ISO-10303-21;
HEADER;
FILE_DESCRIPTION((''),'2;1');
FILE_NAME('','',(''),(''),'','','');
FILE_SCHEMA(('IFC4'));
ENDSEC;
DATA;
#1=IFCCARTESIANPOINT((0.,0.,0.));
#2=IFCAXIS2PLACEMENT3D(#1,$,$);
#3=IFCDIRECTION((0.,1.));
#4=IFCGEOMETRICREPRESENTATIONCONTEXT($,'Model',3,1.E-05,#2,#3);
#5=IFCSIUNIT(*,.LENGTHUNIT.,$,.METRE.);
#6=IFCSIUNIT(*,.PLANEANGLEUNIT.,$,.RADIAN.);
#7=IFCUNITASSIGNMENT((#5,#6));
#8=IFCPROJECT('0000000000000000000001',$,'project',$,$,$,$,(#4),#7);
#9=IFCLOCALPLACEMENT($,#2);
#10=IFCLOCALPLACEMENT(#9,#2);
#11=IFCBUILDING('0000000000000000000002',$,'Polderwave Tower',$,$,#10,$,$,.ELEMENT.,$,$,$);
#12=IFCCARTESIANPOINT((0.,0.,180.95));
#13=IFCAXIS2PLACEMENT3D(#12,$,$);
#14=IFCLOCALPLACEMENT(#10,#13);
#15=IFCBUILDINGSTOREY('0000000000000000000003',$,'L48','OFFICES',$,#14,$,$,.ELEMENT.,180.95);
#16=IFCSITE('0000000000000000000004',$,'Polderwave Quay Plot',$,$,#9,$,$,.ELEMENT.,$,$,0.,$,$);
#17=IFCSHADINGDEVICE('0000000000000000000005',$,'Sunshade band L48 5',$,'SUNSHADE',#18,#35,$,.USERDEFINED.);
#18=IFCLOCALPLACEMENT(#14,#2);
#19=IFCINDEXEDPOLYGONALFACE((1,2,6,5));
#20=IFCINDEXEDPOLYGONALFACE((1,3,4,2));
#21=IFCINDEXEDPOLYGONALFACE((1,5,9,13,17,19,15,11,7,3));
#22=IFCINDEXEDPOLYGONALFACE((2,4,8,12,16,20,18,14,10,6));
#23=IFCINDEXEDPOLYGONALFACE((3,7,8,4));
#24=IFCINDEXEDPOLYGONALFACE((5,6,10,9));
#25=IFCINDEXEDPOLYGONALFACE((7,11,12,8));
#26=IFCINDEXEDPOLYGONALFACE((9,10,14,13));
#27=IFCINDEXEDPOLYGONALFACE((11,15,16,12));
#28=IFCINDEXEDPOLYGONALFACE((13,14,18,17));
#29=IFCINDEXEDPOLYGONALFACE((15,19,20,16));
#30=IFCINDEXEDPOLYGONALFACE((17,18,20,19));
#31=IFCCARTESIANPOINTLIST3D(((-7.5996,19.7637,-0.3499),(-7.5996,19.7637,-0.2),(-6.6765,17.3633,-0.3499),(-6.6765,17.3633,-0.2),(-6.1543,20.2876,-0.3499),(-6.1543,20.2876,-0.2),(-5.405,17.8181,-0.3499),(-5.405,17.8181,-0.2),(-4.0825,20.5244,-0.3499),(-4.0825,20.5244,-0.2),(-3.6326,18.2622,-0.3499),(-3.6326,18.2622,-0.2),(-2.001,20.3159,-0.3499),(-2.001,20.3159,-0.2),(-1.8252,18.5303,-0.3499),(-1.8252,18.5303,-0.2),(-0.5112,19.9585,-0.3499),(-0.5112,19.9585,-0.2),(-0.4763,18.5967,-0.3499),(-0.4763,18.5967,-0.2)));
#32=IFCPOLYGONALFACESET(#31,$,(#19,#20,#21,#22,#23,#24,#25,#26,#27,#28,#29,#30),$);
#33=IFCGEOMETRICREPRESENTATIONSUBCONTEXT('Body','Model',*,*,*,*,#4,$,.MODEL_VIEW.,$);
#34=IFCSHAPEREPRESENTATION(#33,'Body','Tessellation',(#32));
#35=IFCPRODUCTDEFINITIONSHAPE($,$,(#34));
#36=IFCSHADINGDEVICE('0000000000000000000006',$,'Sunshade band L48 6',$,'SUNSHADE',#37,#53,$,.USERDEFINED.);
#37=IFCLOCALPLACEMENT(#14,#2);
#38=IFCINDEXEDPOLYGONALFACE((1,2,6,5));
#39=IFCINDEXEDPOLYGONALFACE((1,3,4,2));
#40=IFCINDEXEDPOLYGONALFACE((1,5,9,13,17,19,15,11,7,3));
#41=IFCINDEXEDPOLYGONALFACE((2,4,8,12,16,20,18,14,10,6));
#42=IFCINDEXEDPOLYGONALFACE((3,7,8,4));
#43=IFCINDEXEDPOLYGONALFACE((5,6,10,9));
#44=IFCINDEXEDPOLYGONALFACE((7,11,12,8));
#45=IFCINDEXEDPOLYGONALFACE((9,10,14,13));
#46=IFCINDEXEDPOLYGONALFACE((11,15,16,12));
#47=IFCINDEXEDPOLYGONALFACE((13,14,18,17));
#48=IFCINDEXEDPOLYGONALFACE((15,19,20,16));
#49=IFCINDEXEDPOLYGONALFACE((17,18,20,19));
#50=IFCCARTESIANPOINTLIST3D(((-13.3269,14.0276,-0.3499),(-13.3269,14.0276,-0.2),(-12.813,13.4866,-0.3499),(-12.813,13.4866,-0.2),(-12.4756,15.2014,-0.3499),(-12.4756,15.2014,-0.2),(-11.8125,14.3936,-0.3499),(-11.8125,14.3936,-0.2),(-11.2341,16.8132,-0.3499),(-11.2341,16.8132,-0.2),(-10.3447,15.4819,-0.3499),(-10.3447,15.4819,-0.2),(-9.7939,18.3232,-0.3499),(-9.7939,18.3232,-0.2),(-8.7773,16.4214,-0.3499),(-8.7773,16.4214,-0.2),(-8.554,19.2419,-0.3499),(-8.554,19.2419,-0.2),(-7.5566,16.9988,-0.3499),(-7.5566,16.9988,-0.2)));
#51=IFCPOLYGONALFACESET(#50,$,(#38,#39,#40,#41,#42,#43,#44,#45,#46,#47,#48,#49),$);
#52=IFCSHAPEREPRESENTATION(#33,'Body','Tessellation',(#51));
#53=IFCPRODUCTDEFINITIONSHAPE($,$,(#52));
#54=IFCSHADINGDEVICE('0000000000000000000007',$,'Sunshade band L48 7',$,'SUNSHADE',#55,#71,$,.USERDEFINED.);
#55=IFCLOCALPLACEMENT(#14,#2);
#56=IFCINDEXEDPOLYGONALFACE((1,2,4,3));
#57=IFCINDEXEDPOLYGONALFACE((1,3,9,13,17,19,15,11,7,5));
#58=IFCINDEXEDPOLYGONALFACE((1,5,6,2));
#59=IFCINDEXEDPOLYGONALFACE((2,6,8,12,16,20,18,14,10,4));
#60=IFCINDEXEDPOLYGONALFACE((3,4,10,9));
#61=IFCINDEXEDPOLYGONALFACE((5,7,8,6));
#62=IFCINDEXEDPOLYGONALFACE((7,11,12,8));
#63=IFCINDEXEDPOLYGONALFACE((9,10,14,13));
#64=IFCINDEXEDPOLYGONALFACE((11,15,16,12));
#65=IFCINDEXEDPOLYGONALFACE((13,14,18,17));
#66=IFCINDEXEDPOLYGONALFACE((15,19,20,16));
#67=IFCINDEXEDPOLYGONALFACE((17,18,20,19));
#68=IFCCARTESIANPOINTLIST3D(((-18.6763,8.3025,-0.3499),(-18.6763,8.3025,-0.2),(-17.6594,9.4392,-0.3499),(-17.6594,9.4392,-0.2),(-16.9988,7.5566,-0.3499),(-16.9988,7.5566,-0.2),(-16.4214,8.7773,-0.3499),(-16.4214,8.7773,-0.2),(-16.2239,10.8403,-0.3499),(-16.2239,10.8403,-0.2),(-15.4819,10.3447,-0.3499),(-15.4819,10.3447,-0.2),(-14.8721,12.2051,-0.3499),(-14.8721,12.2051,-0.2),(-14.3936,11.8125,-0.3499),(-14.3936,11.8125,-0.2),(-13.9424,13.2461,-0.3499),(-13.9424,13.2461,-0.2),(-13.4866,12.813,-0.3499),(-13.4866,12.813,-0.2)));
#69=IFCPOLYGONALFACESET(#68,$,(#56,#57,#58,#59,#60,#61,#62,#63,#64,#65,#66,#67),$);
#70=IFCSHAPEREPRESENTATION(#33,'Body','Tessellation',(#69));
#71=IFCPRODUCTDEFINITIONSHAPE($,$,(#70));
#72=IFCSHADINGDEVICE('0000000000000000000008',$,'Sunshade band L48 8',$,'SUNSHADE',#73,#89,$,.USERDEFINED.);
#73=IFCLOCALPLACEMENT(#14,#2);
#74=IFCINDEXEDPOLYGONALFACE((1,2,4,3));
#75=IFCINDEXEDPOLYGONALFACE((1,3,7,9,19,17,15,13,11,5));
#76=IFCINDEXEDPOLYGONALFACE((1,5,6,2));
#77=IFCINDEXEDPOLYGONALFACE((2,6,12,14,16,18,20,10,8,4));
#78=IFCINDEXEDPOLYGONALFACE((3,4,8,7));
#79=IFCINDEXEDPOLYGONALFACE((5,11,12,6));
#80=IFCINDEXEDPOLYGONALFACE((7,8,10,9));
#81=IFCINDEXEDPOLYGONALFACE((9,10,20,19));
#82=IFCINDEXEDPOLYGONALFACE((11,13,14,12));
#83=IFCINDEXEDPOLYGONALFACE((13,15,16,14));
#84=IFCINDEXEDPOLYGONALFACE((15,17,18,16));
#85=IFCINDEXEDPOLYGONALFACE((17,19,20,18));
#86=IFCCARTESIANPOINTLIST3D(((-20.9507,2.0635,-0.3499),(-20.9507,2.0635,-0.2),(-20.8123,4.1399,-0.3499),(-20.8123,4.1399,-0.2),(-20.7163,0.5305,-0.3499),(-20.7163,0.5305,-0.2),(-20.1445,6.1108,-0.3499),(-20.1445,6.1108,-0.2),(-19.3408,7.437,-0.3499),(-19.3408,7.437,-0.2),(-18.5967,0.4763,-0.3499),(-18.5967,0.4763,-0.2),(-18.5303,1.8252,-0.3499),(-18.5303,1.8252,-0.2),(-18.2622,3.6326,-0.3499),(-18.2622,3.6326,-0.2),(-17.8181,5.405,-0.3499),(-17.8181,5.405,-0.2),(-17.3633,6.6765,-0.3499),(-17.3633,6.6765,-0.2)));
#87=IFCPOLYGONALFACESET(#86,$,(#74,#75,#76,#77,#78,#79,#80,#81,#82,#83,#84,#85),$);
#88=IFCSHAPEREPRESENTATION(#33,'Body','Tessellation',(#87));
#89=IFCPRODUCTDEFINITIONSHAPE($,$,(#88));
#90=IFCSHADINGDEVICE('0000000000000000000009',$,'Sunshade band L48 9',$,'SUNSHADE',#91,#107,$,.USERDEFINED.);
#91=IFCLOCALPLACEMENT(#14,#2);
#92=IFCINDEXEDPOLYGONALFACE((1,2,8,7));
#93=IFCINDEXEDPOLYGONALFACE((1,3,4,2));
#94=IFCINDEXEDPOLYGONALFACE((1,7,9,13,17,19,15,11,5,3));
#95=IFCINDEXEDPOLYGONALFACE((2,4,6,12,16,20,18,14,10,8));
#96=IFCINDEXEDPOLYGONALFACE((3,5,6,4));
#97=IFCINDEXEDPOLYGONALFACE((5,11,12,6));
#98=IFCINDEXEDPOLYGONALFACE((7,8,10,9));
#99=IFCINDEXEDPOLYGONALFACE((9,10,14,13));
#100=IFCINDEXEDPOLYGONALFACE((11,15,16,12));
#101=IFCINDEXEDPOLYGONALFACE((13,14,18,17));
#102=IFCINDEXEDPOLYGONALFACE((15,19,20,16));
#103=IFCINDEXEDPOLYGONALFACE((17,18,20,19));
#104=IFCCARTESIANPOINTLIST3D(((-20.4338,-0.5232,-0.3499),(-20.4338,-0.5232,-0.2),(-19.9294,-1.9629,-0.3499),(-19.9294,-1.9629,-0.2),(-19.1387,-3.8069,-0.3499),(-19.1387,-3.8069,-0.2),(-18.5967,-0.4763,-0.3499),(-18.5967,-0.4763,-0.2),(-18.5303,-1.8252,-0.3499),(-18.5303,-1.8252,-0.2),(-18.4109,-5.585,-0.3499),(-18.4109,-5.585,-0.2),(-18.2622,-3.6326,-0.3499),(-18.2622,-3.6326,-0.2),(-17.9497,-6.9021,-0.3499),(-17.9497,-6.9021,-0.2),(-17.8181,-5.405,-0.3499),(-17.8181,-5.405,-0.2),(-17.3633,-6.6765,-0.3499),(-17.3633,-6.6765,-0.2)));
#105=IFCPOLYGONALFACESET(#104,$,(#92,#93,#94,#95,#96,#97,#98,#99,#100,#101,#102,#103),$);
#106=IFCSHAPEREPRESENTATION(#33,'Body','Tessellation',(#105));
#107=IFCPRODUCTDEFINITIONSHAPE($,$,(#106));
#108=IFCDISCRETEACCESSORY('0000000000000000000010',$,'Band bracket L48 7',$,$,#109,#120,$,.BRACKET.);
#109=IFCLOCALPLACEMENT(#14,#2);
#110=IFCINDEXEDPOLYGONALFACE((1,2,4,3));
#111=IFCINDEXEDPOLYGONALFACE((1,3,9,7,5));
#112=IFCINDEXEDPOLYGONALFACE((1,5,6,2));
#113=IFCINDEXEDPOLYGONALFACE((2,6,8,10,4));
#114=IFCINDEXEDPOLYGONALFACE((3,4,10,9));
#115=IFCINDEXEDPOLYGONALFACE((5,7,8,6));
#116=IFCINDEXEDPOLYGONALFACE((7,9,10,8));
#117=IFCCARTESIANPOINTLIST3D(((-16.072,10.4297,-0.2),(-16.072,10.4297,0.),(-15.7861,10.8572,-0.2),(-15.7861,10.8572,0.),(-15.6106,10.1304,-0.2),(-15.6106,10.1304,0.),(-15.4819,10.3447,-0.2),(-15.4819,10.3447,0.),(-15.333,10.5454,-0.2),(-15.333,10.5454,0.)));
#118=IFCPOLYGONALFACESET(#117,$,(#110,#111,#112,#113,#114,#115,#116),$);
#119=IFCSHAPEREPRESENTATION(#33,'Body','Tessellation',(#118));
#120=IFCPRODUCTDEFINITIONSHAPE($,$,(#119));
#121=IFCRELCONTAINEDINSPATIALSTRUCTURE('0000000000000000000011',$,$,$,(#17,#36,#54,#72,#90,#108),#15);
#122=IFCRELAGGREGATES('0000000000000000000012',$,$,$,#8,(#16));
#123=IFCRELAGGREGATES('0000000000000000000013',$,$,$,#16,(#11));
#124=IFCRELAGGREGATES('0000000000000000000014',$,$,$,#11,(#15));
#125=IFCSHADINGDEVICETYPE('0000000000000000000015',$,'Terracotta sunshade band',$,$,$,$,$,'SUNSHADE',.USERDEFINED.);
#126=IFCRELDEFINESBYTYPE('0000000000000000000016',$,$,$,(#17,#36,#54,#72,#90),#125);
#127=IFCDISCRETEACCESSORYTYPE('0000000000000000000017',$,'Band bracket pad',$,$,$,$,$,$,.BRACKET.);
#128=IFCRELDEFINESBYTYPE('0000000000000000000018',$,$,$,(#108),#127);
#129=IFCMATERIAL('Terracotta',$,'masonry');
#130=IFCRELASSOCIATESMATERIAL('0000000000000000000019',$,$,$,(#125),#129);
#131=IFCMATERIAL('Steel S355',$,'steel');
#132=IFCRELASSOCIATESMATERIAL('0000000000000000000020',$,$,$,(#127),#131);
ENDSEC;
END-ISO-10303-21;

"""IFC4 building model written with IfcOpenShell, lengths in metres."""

from ifc_helpers import new_model, si_unit, direction, frame, origin, place, context, subcontext, project, spatial, polyline, outline, extrude, material, type_object, element, save


model = new_model("IFC4")

# Units and contexts
model_context = context("Model", 3, precision=1e-05, world=origin(), true_north=direction((0.0, 1.0)))
body_context = subcontext(model_context, "Body", "Model", "MODEL_VIEW")
ifc_project = project(units=[si_unit("LENGTHUNIT", "METRE"), si_unit("PLANEANGLEUNIT", "RADIAN")], contexts=[model_context])

# Site, building, storey
site_placement = place(None, origin())
site = spatial("IfcSite", under=ifc_project, at=site_placement, Name="Polderwave Quay Plot", CompositionType="ELEMENT", RefElevation=0.0)
building_placement = place(site_placement, origin())
building = spatial("IfcBuilding", under=site, at=building_placement, Name="Polderwave Tower", CompositionType="ELEMENT")
storey_placement = place(building_placement, frame((0.0, 0.0, 180.95)))
storey = spatial("IfcBuildingStorey", under=building, at=storey_placement, Name="L48", Description="OFFICES", CompositionType="ELEMENT", Elevation=180.95)

# Shading devices
ifc_material_1 = material(Name="Terracotta", Category="masonry")
shading_device_type = type_object("IfcShadingDeviceType", Name="Terracotta sunshade band", ElementType="SUNSHADE", PredefinedType="USERDEFINED", material=ifc_material_1)
shading_device_1_placement = place(storey_placement, frame((0.0, 0.0, -0.3499)))
element("IfcShadingDevice", 1, at=shading_device_1_placement, inside=storey, type_object=shading_device_type, Name="Sunshade band L48 5", ObjectType="SUNSHADE", PredefinedType="USERDEFINED", context=body_context, shape_type="SweptSolid", body=[
    extrude(outline(polyline([(-0.4763, 18.5967), (-1.8252, 18.5303), (-3.6326, 18.2622), (-5.405, 17.8181), (-6.6765, 17.3633), (-7.5996, 19.7637), (-6.1543, 20.2876), (-4.0825, 20.5244), (-2.001, 20.3159), (-0.5112, 19.9585), (-0.4763, 18.5967)])), origin(), (0.0, 0.0, 1.0), 0.1499),
])
shading_device_2_placement = place(storey_placement, frame((0.0, 0.0, -0.3499)))
element("IfcShadingDevice", 2, at=shading_device_2_placement, inside=storey, type_object=shading_device_type, Name="Sunshade band L48 6", ObjectType="SUNSHADE", PredefinedType="USERDEFINED", context=body_context, shape_type="SweptSolid", body=[
    extrude(outline(polyline([(-7.5566, 16.9988), (-8.7773, 16.4214), (-10.3447, 15.4819), (-11.8125, 14.3936), (-12.813, 13.4866), (-13.3269, 14.0276), (-12.4756, 15.2014), (-11.2341, 16.8132), (-9.7939, 18.3232), (-8.554, 19.2419), (-7.5566, 16.9988)])), origin(), (0.0, 0.0, 1.0), 0.1499),
])
shading_device_3_placement = place(storey_placement, frame((0.0, 0.0, -0.3499)))
element("IfcShadingDevice", 3, at=shading_device_3_placement, inside=storey, type_object=shading_device_type, Name="Sunshade band L48 7", ObjectType="SUNSHADE", PredefinedType="USERDEFINED", context=body_context, shape_type="SweptSolid", body=[
    extrude(outline(polyline([(-13.4866, 12.813), (-14.3936, 11.8125), (-15.4819, 10.3447), (-16.4214, 8.7773), (-16.9988, 7.5566), (-18.6763, 8.3025), (-17.6594, 9.4392), (-16.2239, 10.8403), (-14.8721, 12.2051), (-13.9424, 13.2461), (-13.4866, 12.813)])), origin(), (0.0, 0.0, 1.0), 0.1499),
])
shading_device_4_placement = place(storey_placement, frame((0.0, 0.0, -0.3499)))
element("IfcShadingDevice", 4, at=shading_device_4_placement, inside=storey, type_object=shading_device_type, Name="Sunshade band L48 8", ObjectType="SUNSHADE", PredefinedType="USERDEFINED", context=body_context, shape_type="SweptSolid", body=[
    extrude(outline(polyline([(-17.3633, 6.6765), (-17.8181, 5.405), (-18.2622, 3.6326), (-18.5303, 1.8252), (-18.5967, 0.4763), (-20.7163, 0.5305), (-20.9507, 2.0635), (-20.8123, 4.1399), (-20.1445, 6.1108), (-19.3408, 7.437), (-17.3633, 6.6765)])), origin(), (0.0, 0.0, 1.0), 0.1499),
])
shading_device_5_placement = place(storey_placement, frame((0.0, 0.0, -0.3499)))
element("IfcShadingDevice", 5, at=shading_device_5_placement, inside=storey, type_object=shading_device_type, Name="Sunshade band L48 9", ObjectType="SUNSHADE", PredefinedType="USERDEFINED", context=body_context, shape_type="SweptSolid", body=[
    extrude(outline(polyline([(-18.5967, -0.4763), (-18.5303, -1.8252), (-18.2622, -3.6326), (-17.8181, -5.405), (-17.3633, -6.6765), (-17.9497, -6.9021), (-18.4109, -5.585), (-19.1387, -3.8069), (-19.9294, -1.9629), (-20.4338, -0.5232), (-18.5967, -0.4763)])), origin(), (0.0, 0.0, 1.0), 0.1499),
])

# Discrete accessory
ifc_material_2 = material(Name="Steel S355", Category="steel")
discrete_accessory_type = type_object("IfcDiscreteAccessoryType", Name="Band bracket pad", PredefinedType="BRACKET", material=ifc_material_2)
discrete_accessory_placement = place(storey_placement, frame((0.0, 0.0, -0.2)))
element("IfcDiscreteAccessory", 6, at=discrete_accessory_placement, inside=storey, type_object=discrete_accessory_type, Name="Band bracket L48 7", PredefinedType="BRACKET", context=body_context, shape_type="SweptSolid", body=[
    extrude(outline(polyline([(-15.333, 10.5454), (-15.4819, 10.3447), (-15.6106, 10.1304), (-16.072, 10.4297), (-15.7861, 10.8572), (-15.333, 10.5454)])), origin(), (0.0, 0.0, 1.0), 0.2),
])

save(model, "model.ifc")
